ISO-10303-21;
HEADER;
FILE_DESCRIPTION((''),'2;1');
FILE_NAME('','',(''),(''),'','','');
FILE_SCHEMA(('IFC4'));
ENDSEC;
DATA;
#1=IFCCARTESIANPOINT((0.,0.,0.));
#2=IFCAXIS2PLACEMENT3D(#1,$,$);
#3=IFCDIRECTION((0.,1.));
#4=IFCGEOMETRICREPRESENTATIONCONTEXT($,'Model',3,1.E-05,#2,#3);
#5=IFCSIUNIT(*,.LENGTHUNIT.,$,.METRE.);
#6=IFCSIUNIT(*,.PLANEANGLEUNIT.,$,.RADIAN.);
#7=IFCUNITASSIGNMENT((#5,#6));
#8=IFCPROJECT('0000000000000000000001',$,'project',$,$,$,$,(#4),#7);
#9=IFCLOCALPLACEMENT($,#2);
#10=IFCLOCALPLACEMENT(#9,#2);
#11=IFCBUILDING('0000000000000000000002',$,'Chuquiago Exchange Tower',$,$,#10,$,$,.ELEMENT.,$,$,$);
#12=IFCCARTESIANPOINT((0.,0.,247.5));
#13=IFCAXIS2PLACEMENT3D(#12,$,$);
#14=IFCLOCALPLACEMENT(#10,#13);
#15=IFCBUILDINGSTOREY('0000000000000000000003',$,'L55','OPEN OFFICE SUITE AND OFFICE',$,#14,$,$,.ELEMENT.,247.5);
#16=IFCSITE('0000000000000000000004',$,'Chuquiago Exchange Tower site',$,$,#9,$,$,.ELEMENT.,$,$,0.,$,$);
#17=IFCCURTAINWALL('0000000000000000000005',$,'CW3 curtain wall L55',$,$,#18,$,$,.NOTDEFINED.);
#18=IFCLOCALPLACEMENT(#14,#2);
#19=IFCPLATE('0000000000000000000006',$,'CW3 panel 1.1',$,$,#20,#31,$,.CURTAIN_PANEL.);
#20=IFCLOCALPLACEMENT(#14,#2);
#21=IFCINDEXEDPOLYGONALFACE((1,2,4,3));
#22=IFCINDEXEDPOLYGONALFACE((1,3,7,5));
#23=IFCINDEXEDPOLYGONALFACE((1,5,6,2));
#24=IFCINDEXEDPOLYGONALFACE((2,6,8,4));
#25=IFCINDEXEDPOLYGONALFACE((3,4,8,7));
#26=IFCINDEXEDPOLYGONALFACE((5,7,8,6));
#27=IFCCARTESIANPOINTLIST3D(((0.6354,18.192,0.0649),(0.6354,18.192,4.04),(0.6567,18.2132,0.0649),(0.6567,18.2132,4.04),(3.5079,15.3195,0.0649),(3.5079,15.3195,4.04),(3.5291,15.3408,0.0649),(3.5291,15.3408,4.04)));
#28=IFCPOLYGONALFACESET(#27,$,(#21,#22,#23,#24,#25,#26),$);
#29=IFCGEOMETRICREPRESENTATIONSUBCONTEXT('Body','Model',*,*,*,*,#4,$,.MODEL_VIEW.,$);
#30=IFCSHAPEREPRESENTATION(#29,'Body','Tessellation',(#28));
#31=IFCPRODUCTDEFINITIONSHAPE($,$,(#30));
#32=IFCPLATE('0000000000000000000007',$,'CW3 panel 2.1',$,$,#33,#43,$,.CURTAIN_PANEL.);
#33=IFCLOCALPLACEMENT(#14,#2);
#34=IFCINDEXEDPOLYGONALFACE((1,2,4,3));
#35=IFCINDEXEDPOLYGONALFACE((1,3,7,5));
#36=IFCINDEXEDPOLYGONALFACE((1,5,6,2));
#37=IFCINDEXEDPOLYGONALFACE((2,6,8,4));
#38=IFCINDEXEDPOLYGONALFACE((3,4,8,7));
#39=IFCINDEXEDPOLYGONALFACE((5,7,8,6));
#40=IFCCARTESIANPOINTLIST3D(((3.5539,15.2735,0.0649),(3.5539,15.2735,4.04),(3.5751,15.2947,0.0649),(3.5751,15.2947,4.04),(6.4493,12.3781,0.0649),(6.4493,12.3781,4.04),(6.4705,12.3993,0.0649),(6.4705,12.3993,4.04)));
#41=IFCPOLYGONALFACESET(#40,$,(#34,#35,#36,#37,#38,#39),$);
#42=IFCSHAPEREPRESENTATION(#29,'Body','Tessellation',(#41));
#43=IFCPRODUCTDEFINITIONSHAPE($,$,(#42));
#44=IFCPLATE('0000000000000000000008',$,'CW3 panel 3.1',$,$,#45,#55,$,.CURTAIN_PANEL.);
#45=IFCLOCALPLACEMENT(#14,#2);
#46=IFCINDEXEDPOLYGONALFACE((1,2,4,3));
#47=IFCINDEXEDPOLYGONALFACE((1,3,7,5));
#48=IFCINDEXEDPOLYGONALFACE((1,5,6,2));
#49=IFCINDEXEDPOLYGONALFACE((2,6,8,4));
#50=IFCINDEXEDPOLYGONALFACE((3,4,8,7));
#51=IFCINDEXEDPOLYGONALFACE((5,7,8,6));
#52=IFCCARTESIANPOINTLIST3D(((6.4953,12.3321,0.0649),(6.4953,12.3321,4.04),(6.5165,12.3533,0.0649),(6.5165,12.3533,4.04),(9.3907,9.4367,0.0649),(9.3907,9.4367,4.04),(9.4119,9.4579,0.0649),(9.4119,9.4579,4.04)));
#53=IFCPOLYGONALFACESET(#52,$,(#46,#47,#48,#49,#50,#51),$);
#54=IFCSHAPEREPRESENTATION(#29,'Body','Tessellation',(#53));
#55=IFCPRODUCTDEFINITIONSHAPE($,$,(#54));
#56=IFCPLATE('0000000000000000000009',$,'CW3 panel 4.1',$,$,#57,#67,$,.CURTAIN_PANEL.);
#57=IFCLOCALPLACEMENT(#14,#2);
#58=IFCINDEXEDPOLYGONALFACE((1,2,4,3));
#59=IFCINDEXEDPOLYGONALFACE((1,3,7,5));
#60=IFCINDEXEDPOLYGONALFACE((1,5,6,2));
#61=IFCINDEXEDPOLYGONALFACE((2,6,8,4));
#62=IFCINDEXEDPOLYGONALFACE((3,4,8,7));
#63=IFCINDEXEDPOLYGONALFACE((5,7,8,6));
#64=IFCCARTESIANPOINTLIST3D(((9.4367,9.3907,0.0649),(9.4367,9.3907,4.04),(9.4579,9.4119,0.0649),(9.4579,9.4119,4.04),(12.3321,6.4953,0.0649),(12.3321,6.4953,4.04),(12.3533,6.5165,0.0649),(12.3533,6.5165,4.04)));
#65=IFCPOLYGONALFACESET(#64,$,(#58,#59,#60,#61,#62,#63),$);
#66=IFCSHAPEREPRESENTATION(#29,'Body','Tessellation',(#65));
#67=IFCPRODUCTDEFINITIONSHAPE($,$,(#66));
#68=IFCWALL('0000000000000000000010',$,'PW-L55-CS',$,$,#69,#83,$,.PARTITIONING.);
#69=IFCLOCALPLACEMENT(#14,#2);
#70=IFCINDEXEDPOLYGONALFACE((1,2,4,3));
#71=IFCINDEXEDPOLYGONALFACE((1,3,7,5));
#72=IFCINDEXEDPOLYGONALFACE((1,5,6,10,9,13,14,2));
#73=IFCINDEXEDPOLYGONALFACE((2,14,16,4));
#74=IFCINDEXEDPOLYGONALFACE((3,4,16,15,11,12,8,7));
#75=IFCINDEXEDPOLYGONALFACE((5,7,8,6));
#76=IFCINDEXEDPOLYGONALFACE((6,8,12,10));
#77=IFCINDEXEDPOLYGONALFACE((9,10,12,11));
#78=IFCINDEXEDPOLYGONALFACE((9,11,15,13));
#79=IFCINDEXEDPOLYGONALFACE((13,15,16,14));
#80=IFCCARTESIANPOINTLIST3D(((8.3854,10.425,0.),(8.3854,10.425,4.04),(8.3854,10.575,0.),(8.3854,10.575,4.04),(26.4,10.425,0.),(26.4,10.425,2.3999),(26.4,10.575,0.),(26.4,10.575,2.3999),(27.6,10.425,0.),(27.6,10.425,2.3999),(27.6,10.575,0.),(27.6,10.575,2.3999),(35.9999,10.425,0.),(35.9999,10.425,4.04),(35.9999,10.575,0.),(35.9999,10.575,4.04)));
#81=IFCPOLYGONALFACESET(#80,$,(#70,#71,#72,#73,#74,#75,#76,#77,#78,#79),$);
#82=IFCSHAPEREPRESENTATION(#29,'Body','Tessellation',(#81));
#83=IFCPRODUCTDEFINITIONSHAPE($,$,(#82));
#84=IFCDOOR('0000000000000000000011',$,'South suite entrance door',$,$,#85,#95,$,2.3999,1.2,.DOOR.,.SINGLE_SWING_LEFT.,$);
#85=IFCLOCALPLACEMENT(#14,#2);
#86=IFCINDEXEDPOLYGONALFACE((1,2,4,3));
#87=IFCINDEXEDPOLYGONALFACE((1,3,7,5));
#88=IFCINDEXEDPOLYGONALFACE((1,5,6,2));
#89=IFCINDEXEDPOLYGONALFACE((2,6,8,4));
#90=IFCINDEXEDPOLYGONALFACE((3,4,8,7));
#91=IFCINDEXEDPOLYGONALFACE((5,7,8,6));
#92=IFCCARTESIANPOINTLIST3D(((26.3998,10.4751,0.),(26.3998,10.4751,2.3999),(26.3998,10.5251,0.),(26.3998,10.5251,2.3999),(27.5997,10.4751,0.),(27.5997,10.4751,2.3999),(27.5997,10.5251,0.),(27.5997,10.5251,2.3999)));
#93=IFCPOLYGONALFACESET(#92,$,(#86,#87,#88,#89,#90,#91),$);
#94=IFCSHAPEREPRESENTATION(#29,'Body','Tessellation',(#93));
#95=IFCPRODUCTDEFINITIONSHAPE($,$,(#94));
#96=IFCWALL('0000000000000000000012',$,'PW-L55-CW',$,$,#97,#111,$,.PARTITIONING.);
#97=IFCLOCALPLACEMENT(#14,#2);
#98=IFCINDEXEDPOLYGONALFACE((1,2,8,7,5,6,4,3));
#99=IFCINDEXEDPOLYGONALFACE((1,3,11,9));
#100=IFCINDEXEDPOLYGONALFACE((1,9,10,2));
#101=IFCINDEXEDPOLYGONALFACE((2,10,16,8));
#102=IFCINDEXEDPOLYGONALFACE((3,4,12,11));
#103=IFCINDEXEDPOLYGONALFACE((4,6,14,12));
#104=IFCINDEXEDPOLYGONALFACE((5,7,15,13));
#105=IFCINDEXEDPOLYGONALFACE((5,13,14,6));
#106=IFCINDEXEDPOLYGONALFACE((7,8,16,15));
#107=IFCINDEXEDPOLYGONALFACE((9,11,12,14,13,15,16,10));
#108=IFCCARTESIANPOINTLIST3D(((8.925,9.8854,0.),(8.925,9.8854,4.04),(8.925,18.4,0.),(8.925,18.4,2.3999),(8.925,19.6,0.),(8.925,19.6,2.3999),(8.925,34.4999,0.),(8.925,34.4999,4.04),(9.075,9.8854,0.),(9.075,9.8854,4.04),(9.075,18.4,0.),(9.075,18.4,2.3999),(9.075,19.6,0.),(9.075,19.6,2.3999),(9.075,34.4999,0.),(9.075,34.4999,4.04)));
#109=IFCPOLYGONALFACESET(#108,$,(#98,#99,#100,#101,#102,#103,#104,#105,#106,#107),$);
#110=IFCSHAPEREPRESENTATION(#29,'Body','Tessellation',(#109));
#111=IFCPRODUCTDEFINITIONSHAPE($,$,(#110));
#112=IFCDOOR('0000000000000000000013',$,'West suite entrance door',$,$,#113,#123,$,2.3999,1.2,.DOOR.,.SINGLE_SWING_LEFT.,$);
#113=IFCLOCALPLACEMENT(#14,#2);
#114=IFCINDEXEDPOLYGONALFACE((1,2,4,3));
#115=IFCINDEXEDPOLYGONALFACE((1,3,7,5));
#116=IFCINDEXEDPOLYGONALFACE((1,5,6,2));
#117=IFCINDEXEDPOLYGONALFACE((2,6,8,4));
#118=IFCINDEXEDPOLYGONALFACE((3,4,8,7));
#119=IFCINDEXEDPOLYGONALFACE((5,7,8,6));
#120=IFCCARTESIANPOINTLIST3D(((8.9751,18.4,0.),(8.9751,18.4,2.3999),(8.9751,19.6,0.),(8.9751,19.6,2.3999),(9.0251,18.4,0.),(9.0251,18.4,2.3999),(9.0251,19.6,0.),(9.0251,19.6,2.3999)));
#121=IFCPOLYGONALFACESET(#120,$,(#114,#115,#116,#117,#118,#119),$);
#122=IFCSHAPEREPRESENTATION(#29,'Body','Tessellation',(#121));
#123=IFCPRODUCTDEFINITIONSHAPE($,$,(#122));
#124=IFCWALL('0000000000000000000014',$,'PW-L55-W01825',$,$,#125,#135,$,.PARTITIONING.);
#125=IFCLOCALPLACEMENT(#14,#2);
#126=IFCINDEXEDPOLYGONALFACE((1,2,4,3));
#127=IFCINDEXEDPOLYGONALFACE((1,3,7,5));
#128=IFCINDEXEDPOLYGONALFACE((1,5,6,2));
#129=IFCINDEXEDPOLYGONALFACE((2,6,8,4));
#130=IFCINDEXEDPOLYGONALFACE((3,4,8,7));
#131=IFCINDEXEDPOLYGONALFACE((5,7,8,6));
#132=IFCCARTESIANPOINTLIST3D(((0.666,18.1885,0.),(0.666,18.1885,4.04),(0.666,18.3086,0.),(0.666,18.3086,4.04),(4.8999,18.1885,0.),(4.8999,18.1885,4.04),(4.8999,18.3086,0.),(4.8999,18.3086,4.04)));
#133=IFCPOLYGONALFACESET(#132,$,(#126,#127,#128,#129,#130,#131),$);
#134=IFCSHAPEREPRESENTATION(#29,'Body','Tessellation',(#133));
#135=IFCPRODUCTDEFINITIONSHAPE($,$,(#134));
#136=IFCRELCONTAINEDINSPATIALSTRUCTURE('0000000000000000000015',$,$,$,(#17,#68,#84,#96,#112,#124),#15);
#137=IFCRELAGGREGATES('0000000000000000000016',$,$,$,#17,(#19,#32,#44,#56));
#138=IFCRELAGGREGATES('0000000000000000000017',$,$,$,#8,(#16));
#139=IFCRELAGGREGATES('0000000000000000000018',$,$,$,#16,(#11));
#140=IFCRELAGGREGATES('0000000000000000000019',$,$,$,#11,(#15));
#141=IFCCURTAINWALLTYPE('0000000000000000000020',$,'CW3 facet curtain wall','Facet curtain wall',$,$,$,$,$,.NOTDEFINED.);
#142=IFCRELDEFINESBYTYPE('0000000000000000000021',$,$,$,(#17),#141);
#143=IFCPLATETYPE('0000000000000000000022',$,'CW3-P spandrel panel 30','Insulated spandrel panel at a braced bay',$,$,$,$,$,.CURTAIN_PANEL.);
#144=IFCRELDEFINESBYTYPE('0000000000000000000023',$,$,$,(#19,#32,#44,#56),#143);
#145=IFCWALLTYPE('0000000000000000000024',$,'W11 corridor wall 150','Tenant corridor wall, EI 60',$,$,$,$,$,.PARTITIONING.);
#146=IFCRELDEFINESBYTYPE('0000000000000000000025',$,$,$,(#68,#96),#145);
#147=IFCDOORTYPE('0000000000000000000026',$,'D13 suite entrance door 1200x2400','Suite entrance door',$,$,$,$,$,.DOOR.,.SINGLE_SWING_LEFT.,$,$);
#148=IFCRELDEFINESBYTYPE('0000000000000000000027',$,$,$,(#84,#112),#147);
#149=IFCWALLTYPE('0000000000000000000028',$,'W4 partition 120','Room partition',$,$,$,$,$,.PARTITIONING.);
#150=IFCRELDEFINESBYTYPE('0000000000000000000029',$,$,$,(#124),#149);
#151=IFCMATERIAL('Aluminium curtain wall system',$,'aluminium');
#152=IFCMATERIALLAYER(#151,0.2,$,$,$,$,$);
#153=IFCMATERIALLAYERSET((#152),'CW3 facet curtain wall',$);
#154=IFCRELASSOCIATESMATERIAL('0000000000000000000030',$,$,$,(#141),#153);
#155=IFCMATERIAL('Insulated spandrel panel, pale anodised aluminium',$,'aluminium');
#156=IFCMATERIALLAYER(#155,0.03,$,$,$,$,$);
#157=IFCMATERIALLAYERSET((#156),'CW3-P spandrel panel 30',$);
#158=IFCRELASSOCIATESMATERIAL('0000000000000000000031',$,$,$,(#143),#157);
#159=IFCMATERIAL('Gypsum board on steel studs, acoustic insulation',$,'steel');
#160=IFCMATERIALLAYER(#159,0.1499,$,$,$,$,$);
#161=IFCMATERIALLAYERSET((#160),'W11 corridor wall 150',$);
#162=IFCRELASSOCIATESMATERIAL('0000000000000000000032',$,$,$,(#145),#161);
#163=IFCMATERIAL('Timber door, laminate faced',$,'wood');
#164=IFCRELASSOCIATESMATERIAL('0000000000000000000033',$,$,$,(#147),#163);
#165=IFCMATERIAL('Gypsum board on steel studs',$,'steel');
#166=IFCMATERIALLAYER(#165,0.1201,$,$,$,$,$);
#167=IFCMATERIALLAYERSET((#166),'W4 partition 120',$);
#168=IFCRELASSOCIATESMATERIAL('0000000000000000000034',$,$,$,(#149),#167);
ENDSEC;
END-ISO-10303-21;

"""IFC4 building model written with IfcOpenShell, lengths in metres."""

from ifc_helpers import new_model, si_unit, direction, frame, frame_2d, origin, origin_2d, place, context, subcontext, project, spatial, rectangle, extrude, material, layer, layer_set, type_object, element, fill, aggregate, save


model = new_model("IFC4")

# Units and contexts
model_context = context("Model", 3, precision=1e-05, world=origin(), true_north=direction((0.0, 1.0)))
body_context = subcontext(model_context, "Body", "Model", "MODEL_VIEW")
ifc_project = project(units=[si_unit("LENGTHUNIT", "METRE"), si_unit("PLANEANGLEUNIT", "RADIAN")], contexts=[model_context])

# Site, building, storey
site_placement = place(None, origin())
site = spatial("IfcSite", under=ifc_project, at=site_placement, Name="Chuquiago Exchange Tower site", CompositionType="ELEMENT", RefElevation=0.0)
building_placement = place(site_placement, origin())
building = spatial("IfcBuilding", under=site, at=building_placement, Name="Chuquiago Exchange Tower", CompositionType="ELEMENT")
storey_placement = place(building_placement, frame((0.0, 0.0, 247.5)))
storey = spatial("IfcBuildingStorey", under=building, at=storey_placement, Name="L55", Description="OPEN OFFICE SUITE AND OFFICE", CompositionType="ELEMENT", Elevation=247.5)

# Curtain wall
ifc_material_1 = material(Name="Aluminium curtain wall system", Category="aluminium")
ifc_layer_1 = layer(ifc_material_1, 0.2)
ifc_layer_set_1 = layer_set([ifc_layer_1], Name="CW3 facet curtain wall")
curtain_wall_type_1 = type_object("IfcCurtainWallType", Name="CW3 facet curtain wall", Description="Facet curtain wall", PredefinedType="NOTDEFINED", material=ifc_layer_set_1)
curtain_wall_1_placement = place(storey_placement, origin())
curtain_wall_1 = element("IfcCurtainWall", 1, at=curtain_wall_1_placement, inside=storey, type_object=curtain_wall_type_1, Name="CW3 curtain wall L55", PredefinedType="NOTDEFINED")

# Plates
ifc_material_2 = material(Name="Insulated spandrel panel, pale anodised aluminium", Category="aluminium")
ifc_layer_2 = layer(ifc_material_2, 0.03)
ifc_layer_set_2 = layer_set([ifc_layer_2], Name="CW3-P spandrel panel 30")
plate_type = type_object("IfcPlateType", Name="CW3-P spandrel panel 30", Description="Insulated spandrel panel at a braced bay", PredefinedType="CURTAIN_PANEL", material=ifc_layer_set_2)
plate_1_placement = place(storey_placement, frame((2.0823, 16.7664, 0.0649), z_axis=(0.0, 0.0, 1.0), x_axis=(0.707107, -0.707107, 0.0)))
plate_1 = element("IfcPlate", 2, at=plate_1_placement, type_object=plate_type, Name="CW3 panel 1.1", PredefinedType="CURTAIN_PANEL", context=body_context, shape_type="SweptSolid", body=[
    extrude(rectangle(XDim=4.0623, YDim=0.03, at=origin_2d()), origin(), (0.0, 0.0, 1.0), 3.9751),
])
plate_2_placement = place(storey_placement, frame((5.0122, 13.8364, 0.0649), z_axis=(0.0, 0.0, 1.0), x_axis=(0.707107, -0.707107, 0.0)))
plate_2 = element("IfcPlate", 3, at=plate_2_placement, type_object=plate_type, Name="CW3 panel 2.1", PredefinedType="CURTAIN_PANEL", context=body_context, shape_type="SweptSolid", body=[
    extrude(rectangle(XDim=4.0947, YDim=0.03, at=origin_2d()), origin(), (0.0, 0.0, 1.0), 3.9751),
])
plate_3_placement = place(storey_placement, frame((7.9536, 10.895, 0.0649), z_axis=(0.0, 0.0, 1.0), x_axis=(0.707107, -0.707107, 0.0)))
plate_3 = element("IfcPlate", 4, at=plate_3_placement, type_object=plate_type, Name="CW3 panel 3.1", PredefinedType="CURTAIN_PANEL", context=body_context, shape_type="SweptSolid", body=[
    extrude(rectangle(XDim=4.0947, YDim=0.03, at=origin_2d()), origin(), (0.0, 0.0, 1.0), 3.9751),
])
plate_4_placement = place(storey_placement, frame((10.895, 7.9536, 0.0649), z_axis=(0.0, 0.0, 1.0), x_axis=(0.707107, -0.707107, 0.0)))
plate_4 = element("IfcPlate", 5, at=plate_4_placement, type_object=plate_type, Name="CW3 panel 4.1", PredefinedType="CURTAIN_PANEL", context=body_context, shape_type="SweptSolid", body=[
    extrude(rectangle(XDim=4.0947, YDim=0.03, at=origin_2d()), origin(), (0.0, 0.0, 1.0), 3.9751),
])
aggregate(curtain_wall_1, [plate_1, plate_2, plate_3, plate_4])

# Walls, openings, doors
ifc_material_3 = material(Name="Gypsum board on steel studs, acoustic insulation", Category="steel")
ifc_layer_3 = layer(ifc_material_3, 0.1499)
ifc_layer_set_3 = layer_set([ifc_layer_3], Name="W11 corridor wall 150")
wall_type_1 = type_object("IfcWallType", Name="W11 corridor wall 150", Description="Tenant corridor wall, EI 60", PredefinedType="PARTITIONING", material=ifc_layer_set_3)
wall_1_placement = place(storey_placement, frame((8.3855, 10.5, 0.0), z_axis=(0.0, 0.0, 1.0), x_axis=(1.0, 0.0, 0.0)))
wall_1 = element("IfcWall", 6, at=wall_1_placement, inside=storey, type_object=wall_type_1, Name="PW-L55-CS", PredefinedType="PARTITIONING", context=body_context, shape_type="SweptSolid", body=[
    extrude(rectangle(XDim=27.6145, YDim=0.1499, at=frame_2d((13.8071, 0.0))), origin(), (0.0, 0.0, 1.0), 4.04),
])
opening_1_placement = place(wall_1_placement, frame((18.0144, 0.0, 0.0)))
opening_1 = element("IfcOpeningElement", 7, at=opening_1_placement, cuts=wall_1, PredefinedType="OPENING", context=body_context, shape_type="SweptSolid", body=[
    extrude(rectangle(XDim=1.2, YDim=2.3999, at=frame_2d((0.6001, 1.2))), frame((0.0, 0.085, 0.0), z_axis=(0.0, -1.0, 0.0), x_axis=(1.0, 0.0, 0.0)), (0.0, 0.0, 1.0), 0.1699),
])
ifc_material_4 = material(Name="Timber door, laminate faced", Category="wood")
door_type_1 = type_object("IfcDoorType", Name="D13 suite entrance door 1200x2400", Description="Suite entrance door", OperationType="SINGLE_SWING_LEFT", PredefinedType="DOOR", material=ifc_material_4)
door_1_placement = place(opening_1_placement, frame((1.2, 0.0, 0.0), z_axis=(0.0, 0.0, 1.0), x_axis=(-1.0, 0.0, 0.0)))
door_1 = element("IfcDoor", 8, at=door_1_placement, inside=storey, type_object=door_type_1, Name="South suite entrance door", OperationType="SINGLE_SWING_LEFT", OverallHeight=2.3999, OverallWidth=1.2, PredefinedType="DOOR", context=body_context, shape_type="SweptSolid", body=[
    extrude(rectangle(XDim=1.2, YDim=2.3999, at=frame_2d((0.6001, 1.2))), frame((0.0, 0.0249, 0.0), z_axis=(0.0, -1.0, 0.0), x_axis=(1.0, 0.0, 0.0)), (0.0, 0.0, 1.0), 0.05),
])
fill(opening_1, door_1)
wall_2_placement = place(storey_placement, frame((9.0, 9.8855, 0.0), z_axis=(0.0, 0.0, 1.0), x_axis=(0.0, 1.0, 0.0)))
wall_2 = element("IfcWall", 9, at=wall_2_placement, inside=storey, type_object=wall_type_1, Name="PW-L55-CW", PredefinedType="PARTITIONING", context=body_context, shape_type="SweptSolid", body=[
    extrude(rectangle(XDim=24.6145, YDim=0.1499, at=frame_2d((12.3071, 0.0))), origin(), (0.0, 0.0, 1.0), 4.04),
])
opening_2_placement = place(wall_2_placement, frame((8.5144, 0.0, 0.0)))
opening_2 = element("IfcOpeningElement", 10, at=opening_2_placement, cuts=wall_2, PredefinedType="OPENING", context=body_context, shape_type="SweptSolid", body=[
    extrude(rectangle(XDim=1.2, YDim=2.3999, at=frame_2d((0.6001, 1.2))), frame((0.0, 0.085, 0.0), z_axis=(0.0, -1.0, 0.0), x_axis=(1.0, 0.0, 0.0)), (0.0, 0.0, 1.0), 0.1699),
])
door_2_placement = place(opening_2_placement, origin())
door_2 = element("IfcDoor", 11, at=door_2_placement, inside=storey, type_object=door_type_1, Name="West suite entrance door", OperationType="SINGLE_SWING_LEFT", OverallHeight=2.3999, OverallWidth=1.2, PredefinedType="DOOR", context=body_context, shape_type="SweptSolid", body=[
    extrude(rectangle(XDim=1.2, YDim=2.3999, at=frame_2d((0.6001, 1.2))), frame((0.0, 0.0249, 0.0), z_axis=(0.0, -1.0, 0.0), x_axis=(1.0, 0.0, 0.0)), (0.0, 0.0, 1.0), 0.05),
])
fill(opening_2, door_2)

# Wall
ifc_material_5 = material(Name="Gypsum board on steel studs", Category="steel")
ifc_layer_4 = layer(ifc_material_5, 0.1201)
ifc_layer_set_4 = layer_set([ifc_layer_4], Name="W4 partition 120")
wall_type_2 = type_object("IfcWallType", Name="W4 partition 120", Description="Room partition", PredefinedType="PARTITIONING", material=ifc_layer_set_4)
wall_3_placement = place(storey_placement, frame((0.666, 18.2485, 0.0), z_axis=(0.0, 0.0, 1.0), x_axis=(1.0, 0.0, 0.0)))
element("IfcWall", 12, at=wall_3_placement, inside=storey, type_object=wall_type_2, Name="PW-L55-W01825", PredefinedType="PARTITIONING", context=body_context, shape_type="SweptSolid", body=[
    extrude(rectangle(XDim=4.2339, YDim=0.1201, at=frame_2d((2.1169, 0.0))), origin(), (0.0, 0.0, 1.0), 4.04),
])

save(model, "model.ifc")
